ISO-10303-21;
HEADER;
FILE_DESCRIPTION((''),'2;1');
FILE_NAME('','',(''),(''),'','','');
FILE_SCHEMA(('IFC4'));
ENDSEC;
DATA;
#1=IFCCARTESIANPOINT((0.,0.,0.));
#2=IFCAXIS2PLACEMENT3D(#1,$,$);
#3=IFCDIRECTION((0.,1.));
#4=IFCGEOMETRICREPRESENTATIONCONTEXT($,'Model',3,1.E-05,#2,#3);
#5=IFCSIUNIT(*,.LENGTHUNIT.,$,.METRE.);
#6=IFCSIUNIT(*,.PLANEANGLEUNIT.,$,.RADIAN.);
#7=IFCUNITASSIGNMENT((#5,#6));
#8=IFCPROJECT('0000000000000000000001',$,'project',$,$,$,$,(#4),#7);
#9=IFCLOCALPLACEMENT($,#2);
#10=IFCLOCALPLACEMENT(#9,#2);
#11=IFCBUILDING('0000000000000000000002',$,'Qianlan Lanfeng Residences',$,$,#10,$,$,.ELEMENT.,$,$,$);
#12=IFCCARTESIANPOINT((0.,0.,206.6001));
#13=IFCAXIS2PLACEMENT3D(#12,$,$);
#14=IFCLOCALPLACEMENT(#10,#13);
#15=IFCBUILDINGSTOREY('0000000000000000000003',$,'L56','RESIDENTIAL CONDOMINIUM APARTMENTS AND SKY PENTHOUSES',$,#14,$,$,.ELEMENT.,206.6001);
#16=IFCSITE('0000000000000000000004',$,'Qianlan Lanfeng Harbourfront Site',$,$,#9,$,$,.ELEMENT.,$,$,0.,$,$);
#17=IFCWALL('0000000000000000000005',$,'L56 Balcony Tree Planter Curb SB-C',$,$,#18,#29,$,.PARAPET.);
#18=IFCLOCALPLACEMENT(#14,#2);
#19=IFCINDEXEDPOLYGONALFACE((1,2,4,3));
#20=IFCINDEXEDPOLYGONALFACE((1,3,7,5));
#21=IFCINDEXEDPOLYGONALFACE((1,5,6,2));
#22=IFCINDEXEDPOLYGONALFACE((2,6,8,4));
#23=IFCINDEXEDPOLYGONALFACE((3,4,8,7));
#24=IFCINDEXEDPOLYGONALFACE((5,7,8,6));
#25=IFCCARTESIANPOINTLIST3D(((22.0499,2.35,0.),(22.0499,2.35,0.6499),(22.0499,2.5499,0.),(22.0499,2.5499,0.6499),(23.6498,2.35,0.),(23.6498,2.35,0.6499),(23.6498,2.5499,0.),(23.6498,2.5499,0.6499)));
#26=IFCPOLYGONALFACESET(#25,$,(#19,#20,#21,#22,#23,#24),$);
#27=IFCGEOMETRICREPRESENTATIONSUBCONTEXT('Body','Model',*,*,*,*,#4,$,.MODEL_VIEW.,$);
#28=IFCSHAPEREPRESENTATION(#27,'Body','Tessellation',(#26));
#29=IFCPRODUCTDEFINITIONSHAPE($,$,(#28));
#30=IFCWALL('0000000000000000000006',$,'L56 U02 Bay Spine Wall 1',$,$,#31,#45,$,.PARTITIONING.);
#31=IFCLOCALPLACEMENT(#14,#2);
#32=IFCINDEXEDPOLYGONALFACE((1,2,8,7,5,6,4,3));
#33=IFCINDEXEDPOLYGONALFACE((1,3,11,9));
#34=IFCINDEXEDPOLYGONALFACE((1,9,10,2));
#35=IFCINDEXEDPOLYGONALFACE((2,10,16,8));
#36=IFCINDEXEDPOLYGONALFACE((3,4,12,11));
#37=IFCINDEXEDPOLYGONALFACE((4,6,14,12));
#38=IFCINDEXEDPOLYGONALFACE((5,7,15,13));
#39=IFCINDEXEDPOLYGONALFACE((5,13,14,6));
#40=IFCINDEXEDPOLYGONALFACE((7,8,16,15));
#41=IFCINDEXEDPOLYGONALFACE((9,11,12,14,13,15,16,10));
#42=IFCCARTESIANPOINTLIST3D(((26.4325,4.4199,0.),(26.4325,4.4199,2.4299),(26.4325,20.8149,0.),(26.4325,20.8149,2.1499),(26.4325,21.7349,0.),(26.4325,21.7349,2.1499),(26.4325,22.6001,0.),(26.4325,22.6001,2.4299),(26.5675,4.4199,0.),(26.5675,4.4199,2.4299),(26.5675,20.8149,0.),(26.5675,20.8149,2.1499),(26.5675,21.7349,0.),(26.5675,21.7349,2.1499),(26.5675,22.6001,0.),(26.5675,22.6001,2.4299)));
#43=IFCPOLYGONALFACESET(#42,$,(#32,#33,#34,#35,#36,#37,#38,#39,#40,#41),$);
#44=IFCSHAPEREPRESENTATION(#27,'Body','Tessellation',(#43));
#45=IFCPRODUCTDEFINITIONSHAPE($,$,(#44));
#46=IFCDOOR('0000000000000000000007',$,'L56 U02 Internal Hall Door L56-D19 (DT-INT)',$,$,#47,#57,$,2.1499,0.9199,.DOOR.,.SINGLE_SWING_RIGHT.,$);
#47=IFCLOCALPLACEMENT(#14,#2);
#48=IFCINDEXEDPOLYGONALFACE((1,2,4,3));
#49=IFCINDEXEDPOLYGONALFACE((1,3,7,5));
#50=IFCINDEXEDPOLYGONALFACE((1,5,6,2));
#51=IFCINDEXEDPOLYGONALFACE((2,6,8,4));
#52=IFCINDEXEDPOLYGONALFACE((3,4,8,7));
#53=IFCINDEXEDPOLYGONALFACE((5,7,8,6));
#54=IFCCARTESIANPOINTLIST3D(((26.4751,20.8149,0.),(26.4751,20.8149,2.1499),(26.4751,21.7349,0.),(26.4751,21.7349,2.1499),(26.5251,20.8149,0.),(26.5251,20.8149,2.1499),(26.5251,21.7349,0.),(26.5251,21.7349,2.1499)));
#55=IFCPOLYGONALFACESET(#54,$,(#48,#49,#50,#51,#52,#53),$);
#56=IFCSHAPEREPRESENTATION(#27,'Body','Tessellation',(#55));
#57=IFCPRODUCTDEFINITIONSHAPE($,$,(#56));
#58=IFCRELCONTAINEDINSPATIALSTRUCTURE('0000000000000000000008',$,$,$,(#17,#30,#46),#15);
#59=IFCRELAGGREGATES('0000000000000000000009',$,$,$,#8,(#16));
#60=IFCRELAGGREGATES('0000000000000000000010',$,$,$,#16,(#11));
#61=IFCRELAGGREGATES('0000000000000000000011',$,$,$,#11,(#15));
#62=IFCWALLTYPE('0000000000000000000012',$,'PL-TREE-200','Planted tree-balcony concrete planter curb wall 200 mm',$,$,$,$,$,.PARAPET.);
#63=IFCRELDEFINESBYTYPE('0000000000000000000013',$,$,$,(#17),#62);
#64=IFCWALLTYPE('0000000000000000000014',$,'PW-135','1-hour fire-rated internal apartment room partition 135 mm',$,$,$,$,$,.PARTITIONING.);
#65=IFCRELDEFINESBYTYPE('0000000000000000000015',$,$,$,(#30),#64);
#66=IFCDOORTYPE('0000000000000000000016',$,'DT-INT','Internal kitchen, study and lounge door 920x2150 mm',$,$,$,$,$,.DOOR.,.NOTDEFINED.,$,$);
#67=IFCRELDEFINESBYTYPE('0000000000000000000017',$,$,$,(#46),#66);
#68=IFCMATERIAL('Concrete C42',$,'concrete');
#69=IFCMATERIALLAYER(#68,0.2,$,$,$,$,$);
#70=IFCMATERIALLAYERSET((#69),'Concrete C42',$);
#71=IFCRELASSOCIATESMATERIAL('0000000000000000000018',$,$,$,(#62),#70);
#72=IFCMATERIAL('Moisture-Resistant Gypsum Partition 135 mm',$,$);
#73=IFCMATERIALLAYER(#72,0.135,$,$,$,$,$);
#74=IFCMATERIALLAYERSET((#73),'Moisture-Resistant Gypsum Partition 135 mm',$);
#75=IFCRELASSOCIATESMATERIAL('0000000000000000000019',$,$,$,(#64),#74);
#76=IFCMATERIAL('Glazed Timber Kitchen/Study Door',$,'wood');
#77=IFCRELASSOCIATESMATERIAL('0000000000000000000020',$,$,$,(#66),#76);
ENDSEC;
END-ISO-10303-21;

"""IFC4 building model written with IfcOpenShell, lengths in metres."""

from ifc_helpers import new_model, si_unit, direction, frame, frame_2d, origin, place, context, subcontext, project, spatial, rectangle, extrude, material, layer, layer_set, type_object, element, fill, save


model = new_model("IFC4")

# Units and contexts
model_context = context("Model", 3, precision=1e-05, world=origin(), true_north=direction((0.0, 1.0)))
body_context = subcontext(model_context, "Body", "Model", "MODEL_VIEW")
ifc_project = project(units=[si_unit("LENGTHUNIT", "METRE"), si_unit("PLANEANGLEUNIT", "RADIAN")], contexts=[model_context])

# Site, building, storey
site_placement = place(None, origin())
site = spatial("IfcSite", under=ifc_project, at=site_placement, Name="Qianlan Lanfeng Harbourfront Site", CompositionType="ELEMENT", RefElevation=0.0)
building_placement = place(site_placement, origin())
building = spatial("IfcBuilding", under=site, at=building_placement, Name="Qianlan Lanfeng Residences", CompositionType="ELEMENT")
storey_placement = place(building_placement, frame((0.0, 0.0, 206.6001)))
storey = spatial("IfcBuildingStorey", under=building, at=storey_placement, Name="L56", Description="RESIDENTIAL CONDOMINIUM APARTMENTS AND SKY PENTHOUSES", CompositionType="ELEMENT", Elevation=206.6001)

# Wall
ifc_material_1 = material(Name="Concrete C42", Category="concrete")
ifc_layer_1 = layer(ifc_material_1, 0.2)
ifc_layer_set_1 = layer_set([ifc_layer_1], Name="Concrete C42")
wall_type_1 = type_object("IfcWallType", Name="PL-TREE-200", Description="Planted tree-balcony concrete planter curb wall 200 mm", PredefinedType="PARAPET", material=ifc_layer_set_1)
wall_1_placement = place(storey_placement, frame((22.05, 2.45, 0.0), z_axis=(0.0, 0.0, 1.0), x_axis=(1.0, 0.0, 0.0)))
element("IfcWall", 1, at=wall_1_placement, inside=storey, type_object=wall_type_1, Name="L56 Balcony Tree Planter Curb SB-C", PredefinedType="PARAPET", context=body_context, shape_type="SweptSolid", body=[
    extrude(rectangle(XDim=1.5999, YDim=0.2, at=frame_2d((0.7998, 0.0))), origin(), (0.0, 0.0, 1.0), 0.6499),
])

# Wall, opening, door
ifc_material_2 = material(Name="Moisture-Resistant Gypsum Partition 135 mm")
ifc_layer_2 = layer(ifc_material_2, 0.135)
ifc_layer_set_2 = layer_set([ifc_layer_2], Name="Moisture-Resistant Gypsum Partition 135 mm")
wall_type_2 = type_object("IfcWallType", Name="PW-135", Description="1-hour fire-rated internal apartment room partition 135 mm", PredefinedType="PARTITIONING", material=ifc_layer_set_2)
wall_2_placement = place(storey_placement, frame((26.5, 4.4199, 0.0), z_axis=(0.0, 0.0, 1.0), x_axis=(0.0, 1.0, 0.0)))
wall_2 = element("IfcWall", 2, at=wall_2_placement, inside=storey, type_object=wall_type_2, Name="L56 U02 Bay Spine Wall 1", PredefinedType="PARTITIONING", context=body_context, shape_type="SweptSolid", body=[
    extrude(rectangle(XDim=18.1802, YDim=0.135, at=frame_2d((9.0901, 0.0))), origin(), (0.0, 0.0, 1.0), 2.4299),
])
opening_placement = place(wall_2_placement, frame((16.395, 0.0, 0.0)))
opening = element("IfcOpeningElement", 3, at=opening_placement, cuts=wall_2, PredefinedType="OPENING", context=body_context, shape_type="SweptSolid", body=[
    extrude(rectangle(XDim=0.9199, YDim=2.1499, at=frame_2d((0.46, 1.075))), frame((0.0, 0.0776, 0.0), z_axis=(0.0, -1.0, 0.0), x_axis=(1.0, 0.0, 0.0)), (0.0, 0.0, 1.0), 0.155),
])
ifc_material_3 = material(Name="Glazed Timber Kitchen/Study Door", Category="wood")
door_type = type_object("IfcDoorType", Name="DT-INT", Description="Internal kitchen, study and lounge door 920x2150 mm", OperationType="NOTDEFINED", PredefinedType="DOOR", material=ifc_material_3)
door_placement = place(opening_placement, origin())
door = element("IfcDoor", 4, at=door_placement, inside=storey, type_object=door_type, Name="L56 U02 Internal Hall Door L56-D19 (DT-INT)", OperationType="SINGLE_SWING_RIGHT", OverallHeight=2.1499, OverallWidth=0.9199, PredefinedType="DOOR", context=body_context, shape_type="SweptSolid", body=[
    extrude(rectangle(XDim=0.9199, YDim=2.1499, at=frame_2d((0.46, 1.075))), frame((0.0, 0.0249, 0.0), z_axis=(0.0, -1.0, 0.0), x_axis=(1.0, 0.0, 0.0)), (0.0, 0.0, 1.0), 0.05),
])
fill(opening, door)

save(model, "model.ifc")
